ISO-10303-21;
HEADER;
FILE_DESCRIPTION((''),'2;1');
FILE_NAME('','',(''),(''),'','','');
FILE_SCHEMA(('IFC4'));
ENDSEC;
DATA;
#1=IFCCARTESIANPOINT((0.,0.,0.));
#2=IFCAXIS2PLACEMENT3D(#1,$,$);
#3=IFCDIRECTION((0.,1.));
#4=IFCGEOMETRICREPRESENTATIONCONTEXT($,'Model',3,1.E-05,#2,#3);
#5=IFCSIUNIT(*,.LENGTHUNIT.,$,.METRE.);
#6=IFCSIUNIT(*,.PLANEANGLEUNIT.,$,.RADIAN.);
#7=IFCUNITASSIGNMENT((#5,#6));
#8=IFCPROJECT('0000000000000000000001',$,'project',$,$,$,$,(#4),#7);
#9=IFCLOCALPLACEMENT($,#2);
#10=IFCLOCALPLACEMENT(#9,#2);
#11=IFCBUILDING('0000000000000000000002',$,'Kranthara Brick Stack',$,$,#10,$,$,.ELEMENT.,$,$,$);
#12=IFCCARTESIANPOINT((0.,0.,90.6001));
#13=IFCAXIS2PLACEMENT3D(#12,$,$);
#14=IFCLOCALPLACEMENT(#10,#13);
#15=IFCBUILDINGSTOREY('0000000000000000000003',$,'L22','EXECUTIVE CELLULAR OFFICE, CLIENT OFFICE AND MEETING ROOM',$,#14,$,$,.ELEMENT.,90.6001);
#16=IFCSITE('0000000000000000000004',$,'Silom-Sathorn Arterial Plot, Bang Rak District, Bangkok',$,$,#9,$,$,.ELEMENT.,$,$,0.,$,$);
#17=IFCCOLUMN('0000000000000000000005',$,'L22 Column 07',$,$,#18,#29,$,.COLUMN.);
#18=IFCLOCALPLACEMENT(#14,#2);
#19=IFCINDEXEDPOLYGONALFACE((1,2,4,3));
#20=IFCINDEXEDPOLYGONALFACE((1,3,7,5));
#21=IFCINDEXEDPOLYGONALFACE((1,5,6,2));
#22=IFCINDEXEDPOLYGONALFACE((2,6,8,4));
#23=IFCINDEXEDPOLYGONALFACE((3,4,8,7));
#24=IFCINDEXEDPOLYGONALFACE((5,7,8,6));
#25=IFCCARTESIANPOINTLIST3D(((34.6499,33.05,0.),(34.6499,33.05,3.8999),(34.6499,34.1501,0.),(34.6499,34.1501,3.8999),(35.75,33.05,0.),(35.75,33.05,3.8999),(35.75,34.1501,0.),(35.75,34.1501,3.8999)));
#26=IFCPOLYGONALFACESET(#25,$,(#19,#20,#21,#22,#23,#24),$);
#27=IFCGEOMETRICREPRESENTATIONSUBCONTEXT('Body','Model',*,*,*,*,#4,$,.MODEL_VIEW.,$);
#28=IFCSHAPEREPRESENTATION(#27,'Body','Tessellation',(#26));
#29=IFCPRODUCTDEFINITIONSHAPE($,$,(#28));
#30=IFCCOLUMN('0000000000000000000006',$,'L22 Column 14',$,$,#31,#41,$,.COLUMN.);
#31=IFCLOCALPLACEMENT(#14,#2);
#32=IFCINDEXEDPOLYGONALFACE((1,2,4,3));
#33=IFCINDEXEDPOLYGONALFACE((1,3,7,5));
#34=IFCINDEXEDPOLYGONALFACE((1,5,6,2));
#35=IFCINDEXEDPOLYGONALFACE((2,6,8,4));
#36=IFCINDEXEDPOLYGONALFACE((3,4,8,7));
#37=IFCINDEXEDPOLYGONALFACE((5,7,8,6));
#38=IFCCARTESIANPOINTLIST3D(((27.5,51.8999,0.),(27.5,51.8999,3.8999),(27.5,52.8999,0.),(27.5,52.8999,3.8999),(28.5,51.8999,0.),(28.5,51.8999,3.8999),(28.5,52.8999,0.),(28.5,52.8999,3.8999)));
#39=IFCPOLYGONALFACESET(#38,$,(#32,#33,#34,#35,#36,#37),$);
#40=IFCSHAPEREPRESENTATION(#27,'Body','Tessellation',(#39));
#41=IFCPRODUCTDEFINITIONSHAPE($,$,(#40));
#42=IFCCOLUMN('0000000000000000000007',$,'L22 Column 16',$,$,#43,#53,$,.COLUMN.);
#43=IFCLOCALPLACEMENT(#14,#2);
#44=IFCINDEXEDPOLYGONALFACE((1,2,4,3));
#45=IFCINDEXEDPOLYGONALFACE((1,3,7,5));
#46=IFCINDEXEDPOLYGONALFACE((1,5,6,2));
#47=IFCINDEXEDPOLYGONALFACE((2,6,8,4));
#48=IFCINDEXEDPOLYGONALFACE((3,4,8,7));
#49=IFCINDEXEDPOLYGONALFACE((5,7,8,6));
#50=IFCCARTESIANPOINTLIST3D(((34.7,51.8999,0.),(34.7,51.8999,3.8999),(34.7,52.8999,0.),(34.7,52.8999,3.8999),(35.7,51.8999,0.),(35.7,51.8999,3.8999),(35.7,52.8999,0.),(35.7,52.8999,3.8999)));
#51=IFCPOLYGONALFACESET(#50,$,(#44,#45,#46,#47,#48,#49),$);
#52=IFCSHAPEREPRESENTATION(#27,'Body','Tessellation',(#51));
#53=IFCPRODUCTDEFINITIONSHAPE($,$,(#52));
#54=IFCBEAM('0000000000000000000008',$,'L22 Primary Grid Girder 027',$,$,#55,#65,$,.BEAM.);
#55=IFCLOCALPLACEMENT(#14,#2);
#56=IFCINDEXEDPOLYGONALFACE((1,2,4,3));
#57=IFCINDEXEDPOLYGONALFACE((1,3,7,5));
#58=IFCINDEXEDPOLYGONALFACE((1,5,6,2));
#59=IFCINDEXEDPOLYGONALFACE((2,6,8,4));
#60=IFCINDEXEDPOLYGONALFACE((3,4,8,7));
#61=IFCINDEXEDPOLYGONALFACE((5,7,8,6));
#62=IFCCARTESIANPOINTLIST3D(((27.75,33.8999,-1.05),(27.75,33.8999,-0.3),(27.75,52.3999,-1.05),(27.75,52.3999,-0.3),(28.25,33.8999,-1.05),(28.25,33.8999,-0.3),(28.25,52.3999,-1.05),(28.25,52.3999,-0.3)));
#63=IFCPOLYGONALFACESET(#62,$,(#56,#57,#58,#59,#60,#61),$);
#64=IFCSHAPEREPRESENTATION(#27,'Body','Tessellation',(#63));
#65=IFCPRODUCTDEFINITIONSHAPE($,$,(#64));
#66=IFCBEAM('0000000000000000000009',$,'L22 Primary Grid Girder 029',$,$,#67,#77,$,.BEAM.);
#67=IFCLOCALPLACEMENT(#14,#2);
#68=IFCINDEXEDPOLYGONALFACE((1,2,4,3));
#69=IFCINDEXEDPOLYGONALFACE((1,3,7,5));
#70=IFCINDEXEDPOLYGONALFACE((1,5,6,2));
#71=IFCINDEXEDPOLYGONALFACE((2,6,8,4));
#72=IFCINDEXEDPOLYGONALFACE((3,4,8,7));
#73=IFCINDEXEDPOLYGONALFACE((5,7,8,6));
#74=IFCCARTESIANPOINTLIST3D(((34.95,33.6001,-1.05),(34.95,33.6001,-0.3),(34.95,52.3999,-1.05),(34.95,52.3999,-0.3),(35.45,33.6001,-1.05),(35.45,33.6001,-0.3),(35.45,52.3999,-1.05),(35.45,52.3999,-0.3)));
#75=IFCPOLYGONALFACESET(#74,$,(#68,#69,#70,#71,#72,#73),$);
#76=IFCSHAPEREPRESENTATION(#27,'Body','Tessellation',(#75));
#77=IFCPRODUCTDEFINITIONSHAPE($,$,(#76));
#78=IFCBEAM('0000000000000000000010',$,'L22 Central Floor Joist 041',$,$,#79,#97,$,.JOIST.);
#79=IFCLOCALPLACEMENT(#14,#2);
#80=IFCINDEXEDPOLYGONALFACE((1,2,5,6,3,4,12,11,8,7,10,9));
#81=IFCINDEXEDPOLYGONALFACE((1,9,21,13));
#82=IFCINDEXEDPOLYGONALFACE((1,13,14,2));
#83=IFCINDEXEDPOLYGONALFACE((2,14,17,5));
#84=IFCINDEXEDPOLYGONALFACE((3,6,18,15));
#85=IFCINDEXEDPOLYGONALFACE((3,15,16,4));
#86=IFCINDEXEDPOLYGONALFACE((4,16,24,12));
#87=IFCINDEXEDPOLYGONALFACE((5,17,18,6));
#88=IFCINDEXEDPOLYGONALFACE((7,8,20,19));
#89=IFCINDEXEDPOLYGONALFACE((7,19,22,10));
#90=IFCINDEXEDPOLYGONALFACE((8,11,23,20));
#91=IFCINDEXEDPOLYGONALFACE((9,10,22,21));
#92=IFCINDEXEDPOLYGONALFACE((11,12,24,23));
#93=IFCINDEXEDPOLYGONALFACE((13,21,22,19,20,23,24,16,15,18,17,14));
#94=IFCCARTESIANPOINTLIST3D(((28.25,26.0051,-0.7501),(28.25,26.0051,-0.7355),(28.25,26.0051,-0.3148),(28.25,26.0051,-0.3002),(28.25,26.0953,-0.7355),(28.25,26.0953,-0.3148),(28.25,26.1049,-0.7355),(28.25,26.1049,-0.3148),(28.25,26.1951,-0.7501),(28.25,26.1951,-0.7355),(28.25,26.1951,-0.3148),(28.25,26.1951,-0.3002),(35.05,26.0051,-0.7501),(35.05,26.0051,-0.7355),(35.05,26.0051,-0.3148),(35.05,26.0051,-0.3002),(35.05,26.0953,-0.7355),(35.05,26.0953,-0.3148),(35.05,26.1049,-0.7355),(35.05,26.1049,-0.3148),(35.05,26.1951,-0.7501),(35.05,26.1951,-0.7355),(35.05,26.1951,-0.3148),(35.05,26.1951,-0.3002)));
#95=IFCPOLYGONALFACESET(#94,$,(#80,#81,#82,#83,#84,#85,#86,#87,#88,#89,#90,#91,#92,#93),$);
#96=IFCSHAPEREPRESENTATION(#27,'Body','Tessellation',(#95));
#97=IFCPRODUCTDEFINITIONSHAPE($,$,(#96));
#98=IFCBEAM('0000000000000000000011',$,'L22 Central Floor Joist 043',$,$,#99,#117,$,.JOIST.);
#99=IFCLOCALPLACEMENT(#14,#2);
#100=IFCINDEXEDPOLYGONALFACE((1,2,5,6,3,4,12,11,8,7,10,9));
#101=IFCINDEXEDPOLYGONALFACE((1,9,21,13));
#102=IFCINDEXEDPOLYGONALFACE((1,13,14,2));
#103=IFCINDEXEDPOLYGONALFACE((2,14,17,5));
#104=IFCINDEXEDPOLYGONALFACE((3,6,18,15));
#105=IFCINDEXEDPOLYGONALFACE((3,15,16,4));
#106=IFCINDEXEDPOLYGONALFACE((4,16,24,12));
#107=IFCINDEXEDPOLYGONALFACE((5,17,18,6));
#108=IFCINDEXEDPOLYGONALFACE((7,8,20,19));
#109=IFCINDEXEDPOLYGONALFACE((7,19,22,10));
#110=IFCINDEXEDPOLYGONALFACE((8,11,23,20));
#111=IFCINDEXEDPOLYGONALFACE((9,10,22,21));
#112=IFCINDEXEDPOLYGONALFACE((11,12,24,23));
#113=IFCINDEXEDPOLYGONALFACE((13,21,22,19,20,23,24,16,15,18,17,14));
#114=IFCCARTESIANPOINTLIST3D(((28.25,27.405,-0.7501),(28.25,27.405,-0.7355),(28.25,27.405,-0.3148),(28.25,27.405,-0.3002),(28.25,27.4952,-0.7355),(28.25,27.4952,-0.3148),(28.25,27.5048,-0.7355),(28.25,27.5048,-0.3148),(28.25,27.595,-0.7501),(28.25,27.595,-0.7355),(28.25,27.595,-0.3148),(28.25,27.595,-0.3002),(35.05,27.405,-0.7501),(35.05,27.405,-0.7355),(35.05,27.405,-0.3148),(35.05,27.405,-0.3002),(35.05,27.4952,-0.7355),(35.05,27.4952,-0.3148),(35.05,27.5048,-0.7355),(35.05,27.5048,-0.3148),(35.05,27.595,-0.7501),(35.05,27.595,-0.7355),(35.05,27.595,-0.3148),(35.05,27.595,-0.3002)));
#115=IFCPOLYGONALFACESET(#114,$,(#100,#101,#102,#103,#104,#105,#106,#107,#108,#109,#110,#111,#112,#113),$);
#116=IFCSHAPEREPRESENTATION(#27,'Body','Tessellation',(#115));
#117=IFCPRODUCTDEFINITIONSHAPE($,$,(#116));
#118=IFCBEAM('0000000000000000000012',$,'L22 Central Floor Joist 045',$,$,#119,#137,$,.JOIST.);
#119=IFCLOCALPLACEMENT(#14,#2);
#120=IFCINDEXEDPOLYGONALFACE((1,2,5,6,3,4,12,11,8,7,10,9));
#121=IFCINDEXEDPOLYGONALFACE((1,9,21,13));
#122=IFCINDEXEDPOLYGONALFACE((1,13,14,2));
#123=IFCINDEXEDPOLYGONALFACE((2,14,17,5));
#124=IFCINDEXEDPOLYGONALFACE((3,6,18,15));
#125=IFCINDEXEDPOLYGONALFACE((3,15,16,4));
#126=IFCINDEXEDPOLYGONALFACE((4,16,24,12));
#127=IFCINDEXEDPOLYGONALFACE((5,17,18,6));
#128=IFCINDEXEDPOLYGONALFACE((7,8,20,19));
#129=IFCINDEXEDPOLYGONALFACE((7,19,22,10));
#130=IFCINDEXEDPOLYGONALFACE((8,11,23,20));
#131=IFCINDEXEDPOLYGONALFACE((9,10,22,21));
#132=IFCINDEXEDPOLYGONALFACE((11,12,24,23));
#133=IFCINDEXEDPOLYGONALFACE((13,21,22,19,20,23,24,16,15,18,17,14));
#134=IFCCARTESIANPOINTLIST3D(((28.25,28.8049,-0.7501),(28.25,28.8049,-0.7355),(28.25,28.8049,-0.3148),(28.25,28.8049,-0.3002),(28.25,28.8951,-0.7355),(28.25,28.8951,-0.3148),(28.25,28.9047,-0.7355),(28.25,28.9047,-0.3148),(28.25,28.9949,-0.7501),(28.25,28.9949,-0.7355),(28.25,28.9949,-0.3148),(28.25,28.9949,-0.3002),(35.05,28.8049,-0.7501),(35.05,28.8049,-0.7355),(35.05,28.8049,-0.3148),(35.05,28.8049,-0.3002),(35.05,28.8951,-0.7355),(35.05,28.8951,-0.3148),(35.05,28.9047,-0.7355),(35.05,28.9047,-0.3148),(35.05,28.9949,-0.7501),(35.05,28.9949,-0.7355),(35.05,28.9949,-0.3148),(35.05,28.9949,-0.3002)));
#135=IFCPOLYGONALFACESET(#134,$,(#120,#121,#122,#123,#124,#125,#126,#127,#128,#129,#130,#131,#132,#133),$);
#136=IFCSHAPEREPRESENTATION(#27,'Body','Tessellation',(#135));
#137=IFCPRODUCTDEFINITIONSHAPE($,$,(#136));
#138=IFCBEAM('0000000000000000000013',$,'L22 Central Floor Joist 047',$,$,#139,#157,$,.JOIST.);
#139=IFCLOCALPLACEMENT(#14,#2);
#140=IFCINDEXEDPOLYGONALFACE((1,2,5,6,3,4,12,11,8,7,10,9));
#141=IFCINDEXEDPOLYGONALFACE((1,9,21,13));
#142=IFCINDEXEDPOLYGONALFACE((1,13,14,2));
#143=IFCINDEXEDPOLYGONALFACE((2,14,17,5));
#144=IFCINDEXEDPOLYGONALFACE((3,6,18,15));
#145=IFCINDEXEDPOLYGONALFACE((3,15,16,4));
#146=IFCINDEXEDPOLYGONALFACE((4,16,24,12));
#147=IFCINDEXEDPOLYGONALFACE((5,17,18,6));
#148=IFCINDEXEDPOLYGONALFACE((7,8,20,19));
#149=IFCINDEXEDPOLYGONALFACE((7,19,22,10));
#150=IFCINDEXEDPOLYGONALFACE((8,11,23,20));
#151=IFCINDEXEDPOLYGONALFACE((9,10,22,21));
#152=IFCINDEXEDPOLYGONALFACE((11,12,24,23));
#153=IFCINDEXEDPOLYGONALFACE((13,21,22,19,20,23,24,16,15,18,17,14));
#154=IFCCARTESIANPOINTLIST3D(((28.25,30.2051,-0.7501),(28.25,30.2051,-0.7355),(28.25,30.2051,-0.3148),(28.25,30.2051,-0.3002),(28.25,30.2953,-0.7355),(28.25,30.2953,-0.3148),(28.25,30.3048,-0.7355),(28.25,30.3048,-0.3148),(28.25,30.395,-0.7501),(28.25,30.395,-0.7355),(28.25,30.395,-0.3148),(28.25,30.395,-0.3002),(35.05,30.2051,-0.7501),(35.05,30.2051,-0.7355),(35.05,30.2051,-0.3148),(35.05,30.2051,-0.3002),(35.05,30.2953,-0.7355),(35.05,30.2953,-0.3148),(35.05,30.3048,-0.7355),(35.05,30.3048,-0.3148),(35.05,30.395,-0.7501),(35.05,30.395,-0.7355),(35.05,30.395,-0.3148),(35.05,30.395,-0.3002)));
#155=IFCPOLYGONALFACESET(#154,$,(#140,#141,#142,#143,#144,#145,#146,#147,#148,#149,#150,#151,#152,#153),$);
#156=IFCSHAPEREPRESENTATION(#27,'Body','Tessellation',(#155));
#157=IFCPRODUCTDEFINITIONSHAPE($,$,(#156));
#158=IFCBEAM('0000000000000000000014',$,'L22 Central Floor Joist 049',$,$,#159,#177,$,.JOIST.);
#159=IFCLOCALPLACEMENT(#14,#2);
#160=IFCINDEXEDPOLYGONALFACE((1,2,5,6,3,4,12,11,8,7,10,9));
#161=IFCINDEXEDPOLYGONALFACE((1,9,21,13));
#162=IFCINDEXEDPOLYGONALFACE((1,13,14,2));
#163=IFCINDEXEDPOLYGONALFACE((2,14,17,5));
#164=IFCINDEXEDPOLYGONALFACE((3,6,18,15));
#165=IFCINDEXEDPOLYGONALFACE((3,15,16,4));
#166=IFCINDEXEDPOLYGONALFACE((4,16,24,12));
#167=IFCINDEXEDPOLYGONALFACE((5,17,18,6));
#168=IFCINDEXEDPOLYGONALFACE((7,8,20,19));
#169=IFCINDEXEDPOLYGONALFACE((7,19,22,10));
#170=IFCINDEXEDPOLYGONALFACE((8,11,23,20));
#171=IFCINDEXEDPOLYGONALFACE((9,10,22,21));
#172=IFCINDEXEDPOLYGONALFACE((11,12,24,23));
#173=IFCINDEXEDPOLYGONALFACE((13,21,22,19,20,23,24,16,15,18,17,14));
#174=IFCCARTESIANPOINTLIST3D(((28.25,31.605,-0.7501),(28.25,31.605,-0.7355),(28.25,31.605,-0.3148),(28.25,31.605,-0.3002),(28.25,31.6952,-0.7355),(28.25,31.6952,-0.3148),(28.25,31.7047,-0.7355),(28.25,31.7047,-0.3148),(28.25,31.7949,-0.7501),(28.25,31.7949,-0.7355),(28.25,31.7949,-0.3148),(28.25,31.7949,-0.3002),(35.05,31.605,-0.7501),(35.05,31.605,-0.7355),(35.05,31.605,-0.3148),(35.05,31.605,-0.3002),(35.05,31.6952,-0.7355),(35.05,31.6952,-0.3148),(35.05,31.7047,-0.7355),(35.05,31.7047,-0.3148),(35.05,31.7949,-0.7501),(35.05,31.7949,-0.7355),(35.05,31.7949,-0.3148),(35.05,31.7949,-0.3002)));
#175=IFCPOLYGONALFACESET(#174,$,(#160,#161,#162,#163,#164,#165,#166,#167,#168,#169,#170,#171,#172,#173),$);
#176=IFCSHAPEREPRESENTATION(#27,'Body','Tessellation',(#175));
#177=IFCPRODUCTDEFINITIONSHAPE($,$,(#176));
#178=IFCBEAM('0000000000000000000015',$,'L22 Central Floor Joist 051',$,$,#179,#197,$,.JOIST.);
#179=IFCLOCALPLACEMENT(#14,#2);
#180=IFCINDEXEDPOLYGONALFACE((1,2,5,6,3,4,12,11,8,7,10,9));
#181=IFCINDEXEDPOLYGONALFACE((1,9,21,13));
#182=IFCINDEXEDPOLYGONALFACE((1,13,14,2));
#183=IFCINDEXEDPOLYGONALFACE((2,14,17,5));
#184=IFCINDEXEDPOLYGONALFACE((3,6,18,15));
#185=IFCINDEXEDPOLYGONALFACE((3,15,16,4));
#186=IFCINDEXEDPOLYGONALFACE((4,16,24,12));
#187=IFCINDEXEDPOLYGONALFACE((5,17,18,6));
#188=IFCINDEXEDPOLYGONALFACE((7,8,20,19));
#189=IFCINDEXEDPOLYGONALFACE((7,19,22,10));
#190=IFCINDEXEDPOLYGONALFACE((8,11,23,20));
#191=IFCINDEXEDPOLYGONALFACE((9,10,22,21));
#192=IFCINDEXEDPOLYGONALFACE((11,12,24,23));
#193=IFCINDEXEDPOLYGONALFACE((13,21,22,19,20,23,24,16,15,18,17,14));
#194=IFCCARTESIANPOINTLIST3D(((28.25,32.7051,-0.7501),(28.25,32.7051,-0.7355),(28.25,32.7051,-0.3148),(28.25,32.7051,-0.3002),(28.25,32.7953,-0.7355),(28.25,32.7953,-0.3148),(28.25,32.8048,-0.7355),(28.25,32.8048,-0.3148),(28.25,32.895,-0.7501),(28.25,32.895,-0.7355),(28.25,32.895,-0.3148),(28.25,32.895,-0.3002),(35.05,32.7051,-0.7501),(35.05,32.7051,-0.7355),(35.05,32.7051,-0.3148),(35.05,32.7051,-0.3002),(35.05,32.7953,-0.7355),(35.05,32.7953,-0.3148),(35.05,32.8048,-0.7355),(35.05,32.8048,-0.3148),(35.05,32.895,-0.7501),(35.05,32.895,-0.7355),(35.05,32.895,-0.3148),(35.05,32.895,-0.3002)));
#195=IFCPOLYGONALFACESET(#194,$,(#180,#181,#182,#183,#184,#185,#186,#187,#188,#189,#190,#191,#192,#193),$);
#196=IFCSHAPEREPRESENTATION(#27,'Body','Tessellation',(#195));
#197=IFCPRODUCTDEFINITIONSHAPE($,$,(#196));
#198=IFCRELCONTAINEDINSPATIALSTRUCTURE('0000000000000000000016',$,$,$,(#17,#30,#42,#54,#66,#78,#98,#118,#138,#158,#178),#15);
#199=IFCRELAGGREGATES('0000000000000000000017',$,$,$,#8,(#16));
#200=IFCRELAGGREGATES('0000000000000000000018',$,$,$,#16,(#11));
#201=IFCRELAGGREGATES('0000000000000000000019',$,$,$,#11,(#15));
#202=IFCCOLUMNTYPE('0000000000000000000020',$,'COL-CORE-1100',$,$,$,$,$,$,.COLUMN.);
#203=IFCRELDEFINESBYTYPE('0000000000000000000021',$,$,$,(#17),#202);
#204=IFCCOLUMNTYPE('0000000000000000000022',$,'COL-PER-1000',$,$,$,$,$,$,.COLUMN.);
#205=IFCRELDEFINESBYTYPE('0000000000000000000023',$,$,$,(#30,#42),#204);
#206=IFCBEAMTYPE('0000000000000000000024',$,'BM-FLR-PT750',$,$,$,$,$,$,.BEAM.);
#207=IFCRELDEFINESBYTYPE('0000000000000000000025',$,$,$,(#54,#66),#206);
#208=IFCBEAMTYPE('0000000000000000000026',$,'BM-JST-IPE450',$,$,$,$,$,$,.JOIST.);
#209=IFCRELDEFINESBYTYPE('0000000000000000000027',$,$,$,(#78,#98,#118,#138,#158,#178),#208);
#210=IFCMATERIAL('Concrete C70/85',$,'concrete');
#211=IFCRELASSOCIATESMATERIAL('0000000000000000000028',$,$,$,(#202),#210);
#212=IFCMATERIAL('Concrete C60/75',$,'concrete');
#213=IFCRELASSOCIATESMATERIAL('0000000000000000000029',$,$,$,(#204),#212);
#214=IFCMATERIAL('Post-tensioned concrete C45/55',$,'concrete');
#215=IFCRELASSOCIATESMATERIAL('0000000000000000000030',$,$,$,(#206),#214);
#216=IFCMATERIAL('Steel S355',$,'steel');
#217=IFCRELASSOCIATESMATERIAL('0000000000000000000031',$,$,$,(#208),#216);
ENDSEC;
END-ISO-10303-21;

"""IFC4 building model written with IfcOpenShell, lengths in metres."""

from ifc_helpers import new_model, si_unit, direction, frame, origin, origin_2d, place, context, subcontext, project, spatial, rectangle, i_section, extrude, material, material_profile, profile_set, type_object, element, save


model = new_model("IFC4")

# Units and contexts
model_context = context("Model", 3, precision=1e-05, world=origin(), true_north=direction((0.0, 1.0)))
body_context = subcontext(model_context, "Body", "Model", "MODEL_VIEW")
ifc_project = project(units=[si_unit("LENGTHUNIT", "METRE"), si_unit("PLANEANGLEUNIT", "RADIAN")], contexts=[model_context])

# Site, building, storey
site_placement = place(None, origin())
site = spatial("IfcSite", under=ifc_project, at=site_placement, Name="Silom-Sathorn Arterial Plot, Bang Rak District, Bangkok", CompositionType="ELEMENT", RefElevation=0.0)
building_placement = place(site_placement, origin())
building = spatial("IfcBuilding", under=site, at=building_placement, Name="Kranthara Brick Stack", CompositionType="ELEMENT")
storey_placement = place(building_placement, frame((0.0, 0.0, 90.6001)))
storey = spatial("IfcBuildingStorey", under=building, at=storey_placement, Name="L22", Description="EXECUTIVE CELLULAR OFFICE, CLIENT OFFICE AND MEETING ROOM", CompositionType="ELEMENT", Elevation=90.6001)

# Columns
ifc_material_1 = material(Name="Concrete C70/85", Category="concrete")
ifc_material_profile_1 = material_profile(ifc_material_1, rectangle(XDim=1.1001, YDim=1.1001, at=origin_2d()), Name="RC 1100x1100")
ifc_profile_set_1 = profile_set([ifc_material_profile_1], Name="Concrete C70/85")
column_type_1 = type_object("IfcColumnType", Name="COL-CORE-1100", PredefinedType="COLUMN", material=ifc_profile_set_1)
column_placement = place(storey_placement, frame((35.2, 33.6001, 0.0), z_axis=(0.0, 0.0, 1.0), x_axis=(1.0, 0.0, 0.0)))
element("IfcColumn", 1, at=column_placement, inside=storey, type_object=column_type_1, Name="L22 Column 07", PredefinedType="COLUMN", context=body_context, shape_type="SweptSolid", body=[
    extrude(rectangle(XDim=1.1001, YDim=1.1001, at=origin_2d()), origin(), (0.0, 0.0, 1.0), 3.8999),
])
ifc_material_2 = material(Name="Concrete C60/75", Category="concrete")
ifc_material_profile_2 = material_profile(ifc_material_2, rectangle(XDim=1.0, YDim=1.0, at=origin_2d()), Name="RC 1000x1000")
ifc_profile_set_2 = profile_set([ifc_material_profile_2], Name="Concrete C60/75")
column_type_2 = type_object("IfcColumnType", Name="COL-PER-1000", PredefinedType="COLUMN", material=ifc_profile_set_2)
for number, where, z_axis, x_axis, name in (
    (2, (28.0, 52.3999, 0.0), (0.0, 0.0, 1.0), (1.0, 0.0, 0.0), "L22 Column 14"),
    (3, (35.2, 52.3999, 0.0), (0.0, 0.0, 1.0), (1.0, 0.0, 0.0), "L22 Column 16"),
):
    element("IfcColumn", number, at=place(storey_placement, frame(where, z_axis=z_axis, x_axis=x_axis)), inside=storey, type_object=column_type_2, Name=name, PredefinedType="COLUMN", context=body_context, shape_type="SweptSolid", body=[
        extrude(rectangle(XDim=1.0, YDim=1.0, at=origin_2d()), origin(), (0.0, 0.0, 1.0), 3.8999),
    ])

# Beams
ifc_material_3 = material(Name="Post-tensioned concrete C45/55", Category="concrete")
ifc_material_profile_3 = material_profile(ifc_material_3, rectangle(XDim=0.5, YDim=0.75, at=origin_2d()), Name="PT 500x750")
ifc_profile_set_3 = profile_set([ifc_material_profile_3], Name="Post-tensioned concrete C45/55")
beam_type_1 = type_object("IfcBeamType", Name="BM-FLR-PT750", PredefinedType="BEAM", material=ifc_profile_set_3)
beam_1_placement = place(storey_placement, frame((28.0, 33.8999, -0.675), z_axis=(0.0, 1.0, 0.0), x_axis=(-1.0, 0.0, 0.0)))
element("IfcBeam", 4, at=beam_1_placement, inside=storey, type_object=beam_type_1, Name="L22 Primary Grid Girder 027", PredefinedType="BEAM", context=body_context, shape_type="SweptSolid", body=[
    extrude(rectangle(XDim=0.5, YDim=0.75, at=origin_2d()), origin(), (0.0, 0.0, 1.0), 18.5),
])
beam_2_placement = place(storey_placement, frame((35.2, 33.6001, -0.675), z_axis=(0.0, 1.0, 0.0), x_axis=(-1.0, 0.0, 0.0)))
element("IfcBeam", 5, at=beam_2_placement, inside=storey, type_object=beam_type_1, Name="L22 Primary Grid Girder 029", PredefinedType="BEAM", context=body_context, shape_type="SweptSolid", body=[
    extrude(rectangle(XDim=0.5, YDim=0.75, at=origin_2d()), origin(), (0.0, 0.0, 1.0), 18.7998),
])
ifc_material_4 = material(Name="Steel S355", Category="steel")
ifc_material_profile_4 = material_profile(ifc_material_4, i_section(OverallWidth=0.1899, OverallDepth=0.45, WebThickness=0.0095, FlangeThickness=0.0146, at=origin_2d()), Name="IPE 450")
ifc_profile_set_4 = profile_set([ifc_material_profile_4], Name="Steel S355")
beam_type_2 = type_object("IfcBeamType", Name="BM-JST-IPE450", PredefinedType="JOIST", material=ifc_profile_set_4)
for number, where, z_axis, x_axis, name in (
    (6, (28.25, 26.1001, -0.5251), (1.0, 0.0, 0.0), (0.0, 1.0, 0.0), "L22 Central Floor Joist 041"),
    (7, (28.25, 27.5, -0.5251), (1.0, 0.0, 0.0), (0.0, 1.0, 0.0), "L22 Central Floor Joist 043"),
    (8, (28.25, 28.8999, -0.5251), (1.0, 0.0, 0.0), (0.0, 1.0, 0.0), "L22 Central Floor Joist 045"),
    (9, (28.25, 30.3, -0.5251), (1.0, 0.0, 0.0), (0.0, 1.0, 0.0), "L22 Central Floor Joist 047"),
    (10, (28.25, 31.7, -0.5251), (1.0, 0.0, 0.0), (0.0, 1.0, 0.0), "L22 Central Floor Joist 049"),
    (11, (28.25, 32.8, -0.5251), (1.0, 0.0, 0.0), (0.0, 1.0, 0.0), "L22 Central Floor Joist 051"),
):
    element("IfcBeam", number, at=place(storey_placement, frame(where, z_axis=z_axis, x_axis=x_axis)), inside=storey, type_object=beam_type_2, Name=name, PredefinedType="JOIST", context=body_context, shape_type="SweptSolid", body=[
        extrude(i_section(OverallWidth=0.1899, OverallDepth=0.45, WebThickness=0.0095, FlangeThickness=0.0146, at=origin_2d()), origin(), (0.0, 0.0, 1.0), 6.8),
    ])

save(model, "model.ifc")
